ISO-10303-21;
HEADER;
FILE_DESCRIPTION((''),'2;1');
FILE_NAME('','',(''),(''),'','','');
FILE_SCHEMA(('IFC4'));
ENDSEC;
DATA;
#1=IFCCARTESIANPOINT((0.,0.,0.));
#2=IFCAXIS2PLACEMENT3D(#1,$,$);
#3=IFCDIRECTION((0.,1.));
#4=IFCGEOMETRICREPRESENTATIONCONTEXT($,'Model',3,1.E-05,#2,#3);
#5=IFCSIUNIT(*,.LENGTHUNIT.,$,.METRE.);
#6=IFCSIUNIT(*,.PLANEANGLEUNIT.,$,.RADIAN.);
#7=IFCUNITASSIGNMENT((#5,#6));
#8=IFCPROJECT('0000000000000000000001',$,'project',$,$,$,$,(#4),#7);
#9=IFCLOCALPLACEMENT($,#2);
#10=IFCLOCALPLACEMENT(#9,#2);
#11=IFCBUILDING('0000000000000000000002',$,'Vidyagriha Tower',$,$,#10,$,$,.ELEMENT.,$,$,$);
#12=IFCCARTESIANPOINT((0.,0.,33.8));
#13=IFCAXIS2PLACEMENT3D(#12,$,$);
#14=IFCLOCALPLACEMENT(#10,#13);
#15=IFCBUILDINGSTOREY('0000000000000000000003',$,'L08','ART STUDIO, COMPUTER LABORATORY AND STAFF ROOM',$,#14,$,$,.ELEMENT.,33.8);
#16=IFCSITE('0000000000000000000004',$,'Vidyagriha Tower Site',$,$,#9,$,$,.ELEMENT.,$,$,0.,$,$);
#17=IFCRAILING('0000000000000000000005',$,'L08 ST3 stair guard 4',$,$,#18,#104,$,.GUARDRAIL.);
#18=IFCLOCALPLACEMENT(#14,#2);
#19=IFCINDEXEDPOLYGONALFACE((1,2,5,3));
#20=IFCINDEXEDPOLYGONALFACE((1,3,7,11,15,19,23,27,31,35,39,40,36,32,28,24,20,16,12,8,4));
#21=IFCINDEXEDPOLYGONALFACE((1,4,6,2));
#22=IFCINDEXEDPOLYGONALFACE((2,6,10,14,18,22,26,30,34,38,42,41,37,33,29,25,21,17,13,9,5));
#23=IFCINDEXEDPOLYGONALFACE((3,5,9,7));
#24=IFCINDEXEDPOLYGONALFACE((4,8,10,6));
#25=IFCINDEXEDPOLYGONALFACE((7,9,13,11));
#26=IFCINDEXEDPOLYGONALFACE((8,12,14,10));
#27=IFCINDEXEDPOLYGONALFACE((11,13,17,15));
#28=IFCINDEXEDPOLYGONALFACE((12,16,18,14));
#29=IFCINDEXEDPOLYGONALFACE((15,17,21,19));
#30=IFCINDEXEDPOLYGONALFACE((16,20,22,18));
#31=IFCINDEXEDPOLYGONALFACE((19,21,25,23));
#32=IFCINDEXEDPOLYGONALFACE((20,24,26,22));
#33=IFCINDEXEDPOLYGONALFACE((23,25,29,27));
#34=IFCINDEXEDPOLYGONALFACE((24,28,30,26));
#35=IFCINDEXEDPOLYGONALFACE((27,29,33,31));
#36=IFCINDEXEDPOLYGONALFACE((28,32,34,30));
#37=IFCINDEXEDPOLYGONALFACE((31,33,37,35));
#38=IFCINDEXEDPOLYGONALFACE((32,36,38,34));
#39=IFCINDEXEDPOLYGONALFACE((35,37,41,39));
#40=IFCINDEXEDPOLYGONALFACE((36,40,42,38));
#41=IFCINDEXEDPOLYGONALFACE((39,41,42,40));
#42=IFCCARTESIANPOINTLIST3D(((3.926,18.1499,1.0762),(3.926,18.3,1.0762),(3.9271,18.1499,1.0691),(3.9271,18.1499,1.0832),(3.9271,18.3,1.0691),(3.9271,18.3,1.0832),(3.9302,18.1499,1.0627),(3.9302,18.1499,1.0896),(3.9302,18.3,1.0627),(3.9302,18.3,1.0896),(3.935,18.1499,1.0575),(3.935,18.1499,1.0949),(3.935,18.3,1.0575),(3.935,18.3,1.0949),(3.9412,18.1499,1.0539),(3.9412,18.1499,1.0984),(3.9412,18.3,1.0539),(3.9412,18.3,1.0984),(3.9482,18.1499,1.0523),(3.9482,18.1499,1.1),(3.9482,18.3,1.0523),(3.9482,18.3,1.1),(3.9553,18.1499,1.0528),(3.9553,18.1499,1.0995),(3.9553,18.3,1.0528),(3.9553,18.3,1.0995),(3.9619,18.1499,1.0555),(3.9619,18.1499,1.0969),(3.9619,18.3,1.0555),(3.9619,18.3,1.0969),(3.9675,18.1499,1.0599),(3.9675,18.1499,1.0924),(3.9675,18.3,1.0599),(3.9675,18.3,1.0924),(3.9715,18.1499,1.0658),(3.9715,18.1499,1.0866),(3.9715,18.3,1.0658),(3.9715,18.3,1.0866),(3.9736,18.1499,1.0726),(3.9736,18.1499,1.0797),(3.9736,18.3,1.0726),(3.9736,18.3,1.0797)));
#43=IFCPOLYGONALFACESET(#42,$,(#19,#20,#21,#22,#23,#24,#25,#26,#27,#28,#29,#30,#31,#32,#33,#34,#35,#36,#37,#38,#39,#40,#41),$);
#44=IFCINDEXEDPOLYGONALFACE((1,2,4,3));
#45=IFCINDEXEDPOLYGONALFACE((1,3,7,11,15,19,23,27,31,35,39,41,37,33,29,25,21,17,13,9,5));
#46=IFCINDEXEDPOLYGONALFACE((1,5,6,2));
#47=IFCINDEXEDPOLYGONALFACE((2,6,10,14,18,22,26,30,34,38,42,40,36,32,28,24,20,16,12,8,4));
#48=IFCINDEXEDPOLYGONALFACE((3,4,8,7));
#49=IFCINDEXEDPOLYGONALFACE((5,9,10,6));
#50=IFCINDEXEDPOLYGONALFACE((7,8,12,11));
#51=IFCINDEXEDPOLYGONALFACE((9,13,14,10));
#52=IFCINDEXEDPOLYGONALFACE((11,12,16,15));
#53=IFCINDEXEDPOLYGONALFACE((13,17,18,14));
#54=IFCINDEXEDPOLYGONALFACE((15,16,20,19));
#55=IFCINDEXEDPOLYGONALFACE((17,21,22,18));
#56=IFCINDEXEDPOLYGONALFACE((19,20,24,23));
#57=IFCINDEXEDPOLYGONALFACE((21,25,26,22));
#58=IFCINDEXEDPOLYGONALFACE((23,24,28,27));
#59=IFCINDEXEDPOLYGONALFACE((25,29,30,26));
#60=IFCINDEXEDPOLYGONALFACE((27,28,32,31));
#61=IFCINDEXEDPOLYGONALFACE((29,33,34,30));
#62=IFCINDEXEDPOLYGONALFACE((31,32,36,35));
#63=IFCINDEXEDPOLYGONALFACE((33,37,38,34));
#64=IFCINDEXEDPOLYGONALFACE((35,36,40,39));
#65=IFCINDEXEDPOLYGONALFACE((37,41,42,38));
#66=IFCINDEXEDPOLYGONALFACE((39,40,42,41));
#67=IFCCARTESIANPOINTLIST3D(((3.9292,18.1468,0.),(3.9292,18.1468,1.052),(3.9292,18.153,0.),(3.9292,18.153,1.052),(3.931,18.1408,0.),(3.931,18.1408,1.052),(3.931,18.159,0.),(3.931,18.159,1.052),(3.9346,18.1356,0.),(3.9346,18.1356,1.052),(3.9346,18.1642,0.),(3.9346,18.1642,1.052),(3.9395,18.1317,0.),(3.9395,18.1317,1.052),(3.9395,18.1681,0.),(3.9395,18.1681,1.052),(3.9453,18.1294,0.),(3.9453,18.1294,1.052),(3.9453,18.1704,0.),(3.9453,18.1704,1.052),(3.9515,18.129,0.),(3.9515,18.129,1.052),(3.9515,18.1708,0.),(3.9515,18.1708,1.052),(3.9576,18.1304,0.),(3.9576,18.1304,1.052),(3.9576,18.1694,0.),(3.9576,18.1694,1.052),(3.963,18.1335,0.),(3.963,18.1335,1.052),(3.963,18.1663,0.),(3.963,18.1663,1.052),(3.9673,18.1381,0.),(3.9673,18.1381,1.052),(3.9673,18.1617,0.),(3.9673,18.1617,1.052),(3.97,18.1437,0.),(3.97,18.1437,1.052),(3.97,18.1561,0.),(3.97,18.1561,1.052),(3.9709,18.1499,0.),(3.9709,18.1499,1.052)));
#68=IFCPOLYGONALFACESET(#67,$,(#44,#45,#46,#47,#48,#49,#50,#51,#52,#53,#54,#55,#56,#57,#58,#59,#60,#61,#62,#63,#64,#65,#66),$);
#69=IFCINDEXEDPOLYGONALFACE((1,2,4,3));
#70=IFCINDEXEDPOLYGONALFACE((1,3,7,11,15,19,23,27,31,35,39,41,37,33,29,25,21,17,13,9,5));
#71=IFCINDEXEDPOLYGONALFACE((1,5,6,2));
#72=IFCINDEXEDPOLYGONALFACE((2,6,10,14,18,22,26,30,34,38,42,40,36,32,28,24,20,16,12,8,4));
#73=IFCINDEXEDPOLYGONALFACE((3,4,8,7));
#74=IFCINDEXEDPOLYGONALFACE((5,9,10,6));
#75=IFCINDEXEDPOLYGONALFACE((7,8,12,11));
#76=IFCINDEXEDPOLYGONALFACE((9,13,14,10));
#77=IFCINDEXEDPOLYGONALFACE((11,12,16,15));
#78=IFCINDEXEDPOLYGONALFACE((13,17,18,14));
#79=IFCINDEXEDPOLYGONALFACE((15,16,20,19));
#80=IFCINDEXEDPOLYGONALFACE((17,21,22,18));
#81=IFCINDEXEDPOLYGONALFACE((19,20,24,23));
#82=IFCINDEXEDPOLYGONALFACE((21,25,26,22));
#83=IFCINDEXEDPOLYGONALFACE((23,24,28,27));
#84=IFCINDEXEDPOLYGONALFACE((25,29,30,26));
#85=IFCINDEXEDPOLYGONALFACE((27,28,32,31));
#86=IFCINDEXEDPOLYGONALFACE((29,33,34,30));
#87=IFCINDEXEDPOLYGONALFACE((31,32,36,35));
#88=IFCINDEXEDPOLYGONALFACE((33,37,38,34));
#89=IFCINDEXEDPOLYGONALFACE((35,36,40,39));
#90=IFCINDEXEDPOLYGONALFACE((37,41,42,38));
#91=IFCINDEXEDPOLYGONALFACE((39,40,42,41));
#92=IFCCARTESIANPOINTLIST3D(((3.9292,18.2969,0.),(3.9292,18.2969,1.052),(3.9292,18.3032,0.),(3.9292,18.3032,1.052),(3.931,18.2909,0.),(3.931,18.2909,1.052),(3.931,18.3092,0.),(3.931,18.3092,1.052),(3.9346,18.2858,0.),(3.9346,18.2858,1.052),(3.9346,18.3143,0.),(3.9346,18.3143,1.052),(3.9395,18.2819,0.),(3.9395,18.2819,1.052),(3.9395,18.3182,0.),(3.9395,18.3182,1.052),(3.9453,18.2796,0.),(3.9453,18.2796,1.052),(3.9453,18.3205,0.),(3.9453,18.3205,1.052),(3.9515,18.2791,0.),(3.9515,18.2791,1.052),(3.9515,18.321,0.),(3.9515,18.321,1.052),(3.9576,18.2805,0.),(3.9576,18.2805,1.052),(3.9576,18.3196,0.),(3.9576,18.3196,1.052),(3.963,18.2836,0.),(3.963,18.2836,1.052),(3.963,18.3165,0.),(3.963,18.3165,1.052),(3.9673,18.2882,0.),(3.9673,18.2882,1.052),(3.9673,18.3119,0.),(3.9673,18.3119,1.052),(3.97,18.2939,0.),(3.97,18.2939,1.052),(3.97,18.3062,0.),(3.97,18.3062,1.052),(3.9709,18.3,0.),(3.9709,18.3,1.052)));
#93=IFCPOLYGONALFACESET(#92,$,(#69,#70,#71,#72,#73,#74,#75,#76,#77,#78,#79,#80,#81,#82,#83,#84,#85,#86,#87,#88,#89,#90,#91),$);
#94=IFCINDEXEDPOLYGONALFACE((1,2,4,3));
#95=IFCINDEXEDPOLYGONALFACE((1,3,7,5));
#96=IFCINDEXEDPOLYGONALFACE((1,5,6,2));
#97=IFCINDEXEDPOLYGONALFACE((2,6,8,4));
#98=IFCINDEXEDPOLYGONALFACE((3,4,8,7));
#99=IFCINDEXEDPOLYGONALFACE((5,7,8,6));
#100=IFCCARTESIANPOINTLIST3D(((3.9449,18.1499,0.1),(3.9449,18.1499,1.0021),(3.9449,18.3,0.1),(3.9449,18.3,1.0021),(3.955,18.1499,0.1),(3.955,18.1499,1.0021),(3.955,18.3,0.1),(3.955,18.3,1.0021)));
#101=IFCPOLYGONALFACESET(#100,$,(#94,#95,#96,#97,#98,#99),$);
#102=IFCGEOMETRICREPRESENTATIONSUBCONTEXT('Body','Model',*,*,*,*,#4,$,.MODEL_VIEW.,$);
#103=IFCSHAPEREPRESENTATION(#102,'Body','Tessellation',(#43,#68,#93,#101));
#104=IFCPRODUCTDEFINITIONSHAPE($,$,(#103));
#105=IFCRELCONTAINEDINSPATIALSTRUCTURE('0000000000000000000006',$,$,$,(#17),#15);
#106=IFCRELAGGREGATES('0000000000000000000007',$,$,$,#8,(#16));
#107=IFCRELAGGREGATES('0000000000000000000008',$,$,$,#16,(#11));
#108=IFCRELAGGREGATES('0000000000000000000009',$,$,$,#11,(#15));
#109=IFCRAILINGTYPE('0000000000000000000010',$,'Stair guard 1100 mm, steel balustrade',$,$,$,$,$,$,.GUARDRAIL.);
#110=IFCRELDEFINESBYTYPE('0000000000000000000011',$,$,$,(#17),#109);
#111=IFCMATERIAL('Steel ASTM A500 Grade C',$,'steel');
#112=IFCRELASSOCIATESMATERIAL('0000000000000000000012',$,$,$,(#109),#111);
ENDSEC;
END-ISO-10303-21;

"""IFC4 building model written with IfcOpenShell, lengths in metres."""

from ifc_helpers import new_model, si_unit, direction, frame, origin, origin_2d, place, context, subcontext, project, spatial, rectangle, circle, extrude, material, type_object, element, save


model = new_model("IFC4")

# Units and contexts
model_context = context("Model", 3, precision=1e-05, world=origin(), true_north=direction((0.0, 1.0)))
body_context = subcontext(model_context, "Body", "Model", "MODEL_VIEW")
ifc_project = project(units=[si_unit("LENGTHUNIT", "METRE"), si_unit("PLANEANGLEUNIT", "RADIAN")], contexts=[model_context])

# Site, building, storey
site_placement = place(None, origin())
site = spatial("IfcSite", under=ifc_project, at=site_placement, Name="Vidyagriha Tower Site", CompositionType="ELEMENT", RefElevation=0.0)
building_placement = place(site_placement, origin())
building = spatial("IfcBuilding", under=site, at=building_placement, Name="Vidyagriha Tower", CompositionType="ELEMENT")
storey_placement = place(building_placement, frame((0.0, 0.0, 33.8)))
storey = spatial("IfcBuildingStorey", under=building, at=storey_placement, Name="L08", Description="ART STUDIO, COMPUTER LABORATORY AND STAFF ROOM", CompositionType="ELEMENT", Elevation=33.8)

# Railing
ifc_material_1 = material(Name="Steel ASTM A500 Grade C", Category="steel")
railing_type_1 = type_object("IfcRailingType", Name="Stair guard 1100 mm, steel balustrade", PredefinedType="GUARDRAIL", material=ifc_material_1)
railing_1_placement = place(storey_placement, frame((3.95, 18.1499, 0.0)))
element("IfcRailing", 1, at=railing_1_placement, inside=storey, type_object=railing_type_1, Name="L08 ST3 stair guard 4", PredefinedType="GUARDRAIL", context=body_context, shape_type="SweptSolid", body=[
    extrude(circle(Radius=0.0239, at=origin_2d()), frame((0.0, 0.0, 1.0762), z_axis=(0.0, 1.0, 0.0), x_axis=(-1.0, 0.0, 0.0)), (0.0, 0.0, 1.0), 0.1501),
    extrude(circle(Radius=0.021, at=origin_2d()), origin(), (0.0, 0.0, 1.0), 1.052),
    extrude(circle(Radius=0.021, at=origin_2d()), frame((0.0, 0.1501, 0.0)), (0.0, 0.0, 1.0), 1.052),
    extrude(rectangle(XDim=0.01, YDim=0.9021, at=origin_2d()), frame((0.0, 0.0, 0.551), z_axis=(0.0, 1.0, 0.0), x_axis=(-1.0, 0.0, 0.0)), (0.0, 0.0, 1.0), 0.1501),
])

save(model, "model.ifc")
